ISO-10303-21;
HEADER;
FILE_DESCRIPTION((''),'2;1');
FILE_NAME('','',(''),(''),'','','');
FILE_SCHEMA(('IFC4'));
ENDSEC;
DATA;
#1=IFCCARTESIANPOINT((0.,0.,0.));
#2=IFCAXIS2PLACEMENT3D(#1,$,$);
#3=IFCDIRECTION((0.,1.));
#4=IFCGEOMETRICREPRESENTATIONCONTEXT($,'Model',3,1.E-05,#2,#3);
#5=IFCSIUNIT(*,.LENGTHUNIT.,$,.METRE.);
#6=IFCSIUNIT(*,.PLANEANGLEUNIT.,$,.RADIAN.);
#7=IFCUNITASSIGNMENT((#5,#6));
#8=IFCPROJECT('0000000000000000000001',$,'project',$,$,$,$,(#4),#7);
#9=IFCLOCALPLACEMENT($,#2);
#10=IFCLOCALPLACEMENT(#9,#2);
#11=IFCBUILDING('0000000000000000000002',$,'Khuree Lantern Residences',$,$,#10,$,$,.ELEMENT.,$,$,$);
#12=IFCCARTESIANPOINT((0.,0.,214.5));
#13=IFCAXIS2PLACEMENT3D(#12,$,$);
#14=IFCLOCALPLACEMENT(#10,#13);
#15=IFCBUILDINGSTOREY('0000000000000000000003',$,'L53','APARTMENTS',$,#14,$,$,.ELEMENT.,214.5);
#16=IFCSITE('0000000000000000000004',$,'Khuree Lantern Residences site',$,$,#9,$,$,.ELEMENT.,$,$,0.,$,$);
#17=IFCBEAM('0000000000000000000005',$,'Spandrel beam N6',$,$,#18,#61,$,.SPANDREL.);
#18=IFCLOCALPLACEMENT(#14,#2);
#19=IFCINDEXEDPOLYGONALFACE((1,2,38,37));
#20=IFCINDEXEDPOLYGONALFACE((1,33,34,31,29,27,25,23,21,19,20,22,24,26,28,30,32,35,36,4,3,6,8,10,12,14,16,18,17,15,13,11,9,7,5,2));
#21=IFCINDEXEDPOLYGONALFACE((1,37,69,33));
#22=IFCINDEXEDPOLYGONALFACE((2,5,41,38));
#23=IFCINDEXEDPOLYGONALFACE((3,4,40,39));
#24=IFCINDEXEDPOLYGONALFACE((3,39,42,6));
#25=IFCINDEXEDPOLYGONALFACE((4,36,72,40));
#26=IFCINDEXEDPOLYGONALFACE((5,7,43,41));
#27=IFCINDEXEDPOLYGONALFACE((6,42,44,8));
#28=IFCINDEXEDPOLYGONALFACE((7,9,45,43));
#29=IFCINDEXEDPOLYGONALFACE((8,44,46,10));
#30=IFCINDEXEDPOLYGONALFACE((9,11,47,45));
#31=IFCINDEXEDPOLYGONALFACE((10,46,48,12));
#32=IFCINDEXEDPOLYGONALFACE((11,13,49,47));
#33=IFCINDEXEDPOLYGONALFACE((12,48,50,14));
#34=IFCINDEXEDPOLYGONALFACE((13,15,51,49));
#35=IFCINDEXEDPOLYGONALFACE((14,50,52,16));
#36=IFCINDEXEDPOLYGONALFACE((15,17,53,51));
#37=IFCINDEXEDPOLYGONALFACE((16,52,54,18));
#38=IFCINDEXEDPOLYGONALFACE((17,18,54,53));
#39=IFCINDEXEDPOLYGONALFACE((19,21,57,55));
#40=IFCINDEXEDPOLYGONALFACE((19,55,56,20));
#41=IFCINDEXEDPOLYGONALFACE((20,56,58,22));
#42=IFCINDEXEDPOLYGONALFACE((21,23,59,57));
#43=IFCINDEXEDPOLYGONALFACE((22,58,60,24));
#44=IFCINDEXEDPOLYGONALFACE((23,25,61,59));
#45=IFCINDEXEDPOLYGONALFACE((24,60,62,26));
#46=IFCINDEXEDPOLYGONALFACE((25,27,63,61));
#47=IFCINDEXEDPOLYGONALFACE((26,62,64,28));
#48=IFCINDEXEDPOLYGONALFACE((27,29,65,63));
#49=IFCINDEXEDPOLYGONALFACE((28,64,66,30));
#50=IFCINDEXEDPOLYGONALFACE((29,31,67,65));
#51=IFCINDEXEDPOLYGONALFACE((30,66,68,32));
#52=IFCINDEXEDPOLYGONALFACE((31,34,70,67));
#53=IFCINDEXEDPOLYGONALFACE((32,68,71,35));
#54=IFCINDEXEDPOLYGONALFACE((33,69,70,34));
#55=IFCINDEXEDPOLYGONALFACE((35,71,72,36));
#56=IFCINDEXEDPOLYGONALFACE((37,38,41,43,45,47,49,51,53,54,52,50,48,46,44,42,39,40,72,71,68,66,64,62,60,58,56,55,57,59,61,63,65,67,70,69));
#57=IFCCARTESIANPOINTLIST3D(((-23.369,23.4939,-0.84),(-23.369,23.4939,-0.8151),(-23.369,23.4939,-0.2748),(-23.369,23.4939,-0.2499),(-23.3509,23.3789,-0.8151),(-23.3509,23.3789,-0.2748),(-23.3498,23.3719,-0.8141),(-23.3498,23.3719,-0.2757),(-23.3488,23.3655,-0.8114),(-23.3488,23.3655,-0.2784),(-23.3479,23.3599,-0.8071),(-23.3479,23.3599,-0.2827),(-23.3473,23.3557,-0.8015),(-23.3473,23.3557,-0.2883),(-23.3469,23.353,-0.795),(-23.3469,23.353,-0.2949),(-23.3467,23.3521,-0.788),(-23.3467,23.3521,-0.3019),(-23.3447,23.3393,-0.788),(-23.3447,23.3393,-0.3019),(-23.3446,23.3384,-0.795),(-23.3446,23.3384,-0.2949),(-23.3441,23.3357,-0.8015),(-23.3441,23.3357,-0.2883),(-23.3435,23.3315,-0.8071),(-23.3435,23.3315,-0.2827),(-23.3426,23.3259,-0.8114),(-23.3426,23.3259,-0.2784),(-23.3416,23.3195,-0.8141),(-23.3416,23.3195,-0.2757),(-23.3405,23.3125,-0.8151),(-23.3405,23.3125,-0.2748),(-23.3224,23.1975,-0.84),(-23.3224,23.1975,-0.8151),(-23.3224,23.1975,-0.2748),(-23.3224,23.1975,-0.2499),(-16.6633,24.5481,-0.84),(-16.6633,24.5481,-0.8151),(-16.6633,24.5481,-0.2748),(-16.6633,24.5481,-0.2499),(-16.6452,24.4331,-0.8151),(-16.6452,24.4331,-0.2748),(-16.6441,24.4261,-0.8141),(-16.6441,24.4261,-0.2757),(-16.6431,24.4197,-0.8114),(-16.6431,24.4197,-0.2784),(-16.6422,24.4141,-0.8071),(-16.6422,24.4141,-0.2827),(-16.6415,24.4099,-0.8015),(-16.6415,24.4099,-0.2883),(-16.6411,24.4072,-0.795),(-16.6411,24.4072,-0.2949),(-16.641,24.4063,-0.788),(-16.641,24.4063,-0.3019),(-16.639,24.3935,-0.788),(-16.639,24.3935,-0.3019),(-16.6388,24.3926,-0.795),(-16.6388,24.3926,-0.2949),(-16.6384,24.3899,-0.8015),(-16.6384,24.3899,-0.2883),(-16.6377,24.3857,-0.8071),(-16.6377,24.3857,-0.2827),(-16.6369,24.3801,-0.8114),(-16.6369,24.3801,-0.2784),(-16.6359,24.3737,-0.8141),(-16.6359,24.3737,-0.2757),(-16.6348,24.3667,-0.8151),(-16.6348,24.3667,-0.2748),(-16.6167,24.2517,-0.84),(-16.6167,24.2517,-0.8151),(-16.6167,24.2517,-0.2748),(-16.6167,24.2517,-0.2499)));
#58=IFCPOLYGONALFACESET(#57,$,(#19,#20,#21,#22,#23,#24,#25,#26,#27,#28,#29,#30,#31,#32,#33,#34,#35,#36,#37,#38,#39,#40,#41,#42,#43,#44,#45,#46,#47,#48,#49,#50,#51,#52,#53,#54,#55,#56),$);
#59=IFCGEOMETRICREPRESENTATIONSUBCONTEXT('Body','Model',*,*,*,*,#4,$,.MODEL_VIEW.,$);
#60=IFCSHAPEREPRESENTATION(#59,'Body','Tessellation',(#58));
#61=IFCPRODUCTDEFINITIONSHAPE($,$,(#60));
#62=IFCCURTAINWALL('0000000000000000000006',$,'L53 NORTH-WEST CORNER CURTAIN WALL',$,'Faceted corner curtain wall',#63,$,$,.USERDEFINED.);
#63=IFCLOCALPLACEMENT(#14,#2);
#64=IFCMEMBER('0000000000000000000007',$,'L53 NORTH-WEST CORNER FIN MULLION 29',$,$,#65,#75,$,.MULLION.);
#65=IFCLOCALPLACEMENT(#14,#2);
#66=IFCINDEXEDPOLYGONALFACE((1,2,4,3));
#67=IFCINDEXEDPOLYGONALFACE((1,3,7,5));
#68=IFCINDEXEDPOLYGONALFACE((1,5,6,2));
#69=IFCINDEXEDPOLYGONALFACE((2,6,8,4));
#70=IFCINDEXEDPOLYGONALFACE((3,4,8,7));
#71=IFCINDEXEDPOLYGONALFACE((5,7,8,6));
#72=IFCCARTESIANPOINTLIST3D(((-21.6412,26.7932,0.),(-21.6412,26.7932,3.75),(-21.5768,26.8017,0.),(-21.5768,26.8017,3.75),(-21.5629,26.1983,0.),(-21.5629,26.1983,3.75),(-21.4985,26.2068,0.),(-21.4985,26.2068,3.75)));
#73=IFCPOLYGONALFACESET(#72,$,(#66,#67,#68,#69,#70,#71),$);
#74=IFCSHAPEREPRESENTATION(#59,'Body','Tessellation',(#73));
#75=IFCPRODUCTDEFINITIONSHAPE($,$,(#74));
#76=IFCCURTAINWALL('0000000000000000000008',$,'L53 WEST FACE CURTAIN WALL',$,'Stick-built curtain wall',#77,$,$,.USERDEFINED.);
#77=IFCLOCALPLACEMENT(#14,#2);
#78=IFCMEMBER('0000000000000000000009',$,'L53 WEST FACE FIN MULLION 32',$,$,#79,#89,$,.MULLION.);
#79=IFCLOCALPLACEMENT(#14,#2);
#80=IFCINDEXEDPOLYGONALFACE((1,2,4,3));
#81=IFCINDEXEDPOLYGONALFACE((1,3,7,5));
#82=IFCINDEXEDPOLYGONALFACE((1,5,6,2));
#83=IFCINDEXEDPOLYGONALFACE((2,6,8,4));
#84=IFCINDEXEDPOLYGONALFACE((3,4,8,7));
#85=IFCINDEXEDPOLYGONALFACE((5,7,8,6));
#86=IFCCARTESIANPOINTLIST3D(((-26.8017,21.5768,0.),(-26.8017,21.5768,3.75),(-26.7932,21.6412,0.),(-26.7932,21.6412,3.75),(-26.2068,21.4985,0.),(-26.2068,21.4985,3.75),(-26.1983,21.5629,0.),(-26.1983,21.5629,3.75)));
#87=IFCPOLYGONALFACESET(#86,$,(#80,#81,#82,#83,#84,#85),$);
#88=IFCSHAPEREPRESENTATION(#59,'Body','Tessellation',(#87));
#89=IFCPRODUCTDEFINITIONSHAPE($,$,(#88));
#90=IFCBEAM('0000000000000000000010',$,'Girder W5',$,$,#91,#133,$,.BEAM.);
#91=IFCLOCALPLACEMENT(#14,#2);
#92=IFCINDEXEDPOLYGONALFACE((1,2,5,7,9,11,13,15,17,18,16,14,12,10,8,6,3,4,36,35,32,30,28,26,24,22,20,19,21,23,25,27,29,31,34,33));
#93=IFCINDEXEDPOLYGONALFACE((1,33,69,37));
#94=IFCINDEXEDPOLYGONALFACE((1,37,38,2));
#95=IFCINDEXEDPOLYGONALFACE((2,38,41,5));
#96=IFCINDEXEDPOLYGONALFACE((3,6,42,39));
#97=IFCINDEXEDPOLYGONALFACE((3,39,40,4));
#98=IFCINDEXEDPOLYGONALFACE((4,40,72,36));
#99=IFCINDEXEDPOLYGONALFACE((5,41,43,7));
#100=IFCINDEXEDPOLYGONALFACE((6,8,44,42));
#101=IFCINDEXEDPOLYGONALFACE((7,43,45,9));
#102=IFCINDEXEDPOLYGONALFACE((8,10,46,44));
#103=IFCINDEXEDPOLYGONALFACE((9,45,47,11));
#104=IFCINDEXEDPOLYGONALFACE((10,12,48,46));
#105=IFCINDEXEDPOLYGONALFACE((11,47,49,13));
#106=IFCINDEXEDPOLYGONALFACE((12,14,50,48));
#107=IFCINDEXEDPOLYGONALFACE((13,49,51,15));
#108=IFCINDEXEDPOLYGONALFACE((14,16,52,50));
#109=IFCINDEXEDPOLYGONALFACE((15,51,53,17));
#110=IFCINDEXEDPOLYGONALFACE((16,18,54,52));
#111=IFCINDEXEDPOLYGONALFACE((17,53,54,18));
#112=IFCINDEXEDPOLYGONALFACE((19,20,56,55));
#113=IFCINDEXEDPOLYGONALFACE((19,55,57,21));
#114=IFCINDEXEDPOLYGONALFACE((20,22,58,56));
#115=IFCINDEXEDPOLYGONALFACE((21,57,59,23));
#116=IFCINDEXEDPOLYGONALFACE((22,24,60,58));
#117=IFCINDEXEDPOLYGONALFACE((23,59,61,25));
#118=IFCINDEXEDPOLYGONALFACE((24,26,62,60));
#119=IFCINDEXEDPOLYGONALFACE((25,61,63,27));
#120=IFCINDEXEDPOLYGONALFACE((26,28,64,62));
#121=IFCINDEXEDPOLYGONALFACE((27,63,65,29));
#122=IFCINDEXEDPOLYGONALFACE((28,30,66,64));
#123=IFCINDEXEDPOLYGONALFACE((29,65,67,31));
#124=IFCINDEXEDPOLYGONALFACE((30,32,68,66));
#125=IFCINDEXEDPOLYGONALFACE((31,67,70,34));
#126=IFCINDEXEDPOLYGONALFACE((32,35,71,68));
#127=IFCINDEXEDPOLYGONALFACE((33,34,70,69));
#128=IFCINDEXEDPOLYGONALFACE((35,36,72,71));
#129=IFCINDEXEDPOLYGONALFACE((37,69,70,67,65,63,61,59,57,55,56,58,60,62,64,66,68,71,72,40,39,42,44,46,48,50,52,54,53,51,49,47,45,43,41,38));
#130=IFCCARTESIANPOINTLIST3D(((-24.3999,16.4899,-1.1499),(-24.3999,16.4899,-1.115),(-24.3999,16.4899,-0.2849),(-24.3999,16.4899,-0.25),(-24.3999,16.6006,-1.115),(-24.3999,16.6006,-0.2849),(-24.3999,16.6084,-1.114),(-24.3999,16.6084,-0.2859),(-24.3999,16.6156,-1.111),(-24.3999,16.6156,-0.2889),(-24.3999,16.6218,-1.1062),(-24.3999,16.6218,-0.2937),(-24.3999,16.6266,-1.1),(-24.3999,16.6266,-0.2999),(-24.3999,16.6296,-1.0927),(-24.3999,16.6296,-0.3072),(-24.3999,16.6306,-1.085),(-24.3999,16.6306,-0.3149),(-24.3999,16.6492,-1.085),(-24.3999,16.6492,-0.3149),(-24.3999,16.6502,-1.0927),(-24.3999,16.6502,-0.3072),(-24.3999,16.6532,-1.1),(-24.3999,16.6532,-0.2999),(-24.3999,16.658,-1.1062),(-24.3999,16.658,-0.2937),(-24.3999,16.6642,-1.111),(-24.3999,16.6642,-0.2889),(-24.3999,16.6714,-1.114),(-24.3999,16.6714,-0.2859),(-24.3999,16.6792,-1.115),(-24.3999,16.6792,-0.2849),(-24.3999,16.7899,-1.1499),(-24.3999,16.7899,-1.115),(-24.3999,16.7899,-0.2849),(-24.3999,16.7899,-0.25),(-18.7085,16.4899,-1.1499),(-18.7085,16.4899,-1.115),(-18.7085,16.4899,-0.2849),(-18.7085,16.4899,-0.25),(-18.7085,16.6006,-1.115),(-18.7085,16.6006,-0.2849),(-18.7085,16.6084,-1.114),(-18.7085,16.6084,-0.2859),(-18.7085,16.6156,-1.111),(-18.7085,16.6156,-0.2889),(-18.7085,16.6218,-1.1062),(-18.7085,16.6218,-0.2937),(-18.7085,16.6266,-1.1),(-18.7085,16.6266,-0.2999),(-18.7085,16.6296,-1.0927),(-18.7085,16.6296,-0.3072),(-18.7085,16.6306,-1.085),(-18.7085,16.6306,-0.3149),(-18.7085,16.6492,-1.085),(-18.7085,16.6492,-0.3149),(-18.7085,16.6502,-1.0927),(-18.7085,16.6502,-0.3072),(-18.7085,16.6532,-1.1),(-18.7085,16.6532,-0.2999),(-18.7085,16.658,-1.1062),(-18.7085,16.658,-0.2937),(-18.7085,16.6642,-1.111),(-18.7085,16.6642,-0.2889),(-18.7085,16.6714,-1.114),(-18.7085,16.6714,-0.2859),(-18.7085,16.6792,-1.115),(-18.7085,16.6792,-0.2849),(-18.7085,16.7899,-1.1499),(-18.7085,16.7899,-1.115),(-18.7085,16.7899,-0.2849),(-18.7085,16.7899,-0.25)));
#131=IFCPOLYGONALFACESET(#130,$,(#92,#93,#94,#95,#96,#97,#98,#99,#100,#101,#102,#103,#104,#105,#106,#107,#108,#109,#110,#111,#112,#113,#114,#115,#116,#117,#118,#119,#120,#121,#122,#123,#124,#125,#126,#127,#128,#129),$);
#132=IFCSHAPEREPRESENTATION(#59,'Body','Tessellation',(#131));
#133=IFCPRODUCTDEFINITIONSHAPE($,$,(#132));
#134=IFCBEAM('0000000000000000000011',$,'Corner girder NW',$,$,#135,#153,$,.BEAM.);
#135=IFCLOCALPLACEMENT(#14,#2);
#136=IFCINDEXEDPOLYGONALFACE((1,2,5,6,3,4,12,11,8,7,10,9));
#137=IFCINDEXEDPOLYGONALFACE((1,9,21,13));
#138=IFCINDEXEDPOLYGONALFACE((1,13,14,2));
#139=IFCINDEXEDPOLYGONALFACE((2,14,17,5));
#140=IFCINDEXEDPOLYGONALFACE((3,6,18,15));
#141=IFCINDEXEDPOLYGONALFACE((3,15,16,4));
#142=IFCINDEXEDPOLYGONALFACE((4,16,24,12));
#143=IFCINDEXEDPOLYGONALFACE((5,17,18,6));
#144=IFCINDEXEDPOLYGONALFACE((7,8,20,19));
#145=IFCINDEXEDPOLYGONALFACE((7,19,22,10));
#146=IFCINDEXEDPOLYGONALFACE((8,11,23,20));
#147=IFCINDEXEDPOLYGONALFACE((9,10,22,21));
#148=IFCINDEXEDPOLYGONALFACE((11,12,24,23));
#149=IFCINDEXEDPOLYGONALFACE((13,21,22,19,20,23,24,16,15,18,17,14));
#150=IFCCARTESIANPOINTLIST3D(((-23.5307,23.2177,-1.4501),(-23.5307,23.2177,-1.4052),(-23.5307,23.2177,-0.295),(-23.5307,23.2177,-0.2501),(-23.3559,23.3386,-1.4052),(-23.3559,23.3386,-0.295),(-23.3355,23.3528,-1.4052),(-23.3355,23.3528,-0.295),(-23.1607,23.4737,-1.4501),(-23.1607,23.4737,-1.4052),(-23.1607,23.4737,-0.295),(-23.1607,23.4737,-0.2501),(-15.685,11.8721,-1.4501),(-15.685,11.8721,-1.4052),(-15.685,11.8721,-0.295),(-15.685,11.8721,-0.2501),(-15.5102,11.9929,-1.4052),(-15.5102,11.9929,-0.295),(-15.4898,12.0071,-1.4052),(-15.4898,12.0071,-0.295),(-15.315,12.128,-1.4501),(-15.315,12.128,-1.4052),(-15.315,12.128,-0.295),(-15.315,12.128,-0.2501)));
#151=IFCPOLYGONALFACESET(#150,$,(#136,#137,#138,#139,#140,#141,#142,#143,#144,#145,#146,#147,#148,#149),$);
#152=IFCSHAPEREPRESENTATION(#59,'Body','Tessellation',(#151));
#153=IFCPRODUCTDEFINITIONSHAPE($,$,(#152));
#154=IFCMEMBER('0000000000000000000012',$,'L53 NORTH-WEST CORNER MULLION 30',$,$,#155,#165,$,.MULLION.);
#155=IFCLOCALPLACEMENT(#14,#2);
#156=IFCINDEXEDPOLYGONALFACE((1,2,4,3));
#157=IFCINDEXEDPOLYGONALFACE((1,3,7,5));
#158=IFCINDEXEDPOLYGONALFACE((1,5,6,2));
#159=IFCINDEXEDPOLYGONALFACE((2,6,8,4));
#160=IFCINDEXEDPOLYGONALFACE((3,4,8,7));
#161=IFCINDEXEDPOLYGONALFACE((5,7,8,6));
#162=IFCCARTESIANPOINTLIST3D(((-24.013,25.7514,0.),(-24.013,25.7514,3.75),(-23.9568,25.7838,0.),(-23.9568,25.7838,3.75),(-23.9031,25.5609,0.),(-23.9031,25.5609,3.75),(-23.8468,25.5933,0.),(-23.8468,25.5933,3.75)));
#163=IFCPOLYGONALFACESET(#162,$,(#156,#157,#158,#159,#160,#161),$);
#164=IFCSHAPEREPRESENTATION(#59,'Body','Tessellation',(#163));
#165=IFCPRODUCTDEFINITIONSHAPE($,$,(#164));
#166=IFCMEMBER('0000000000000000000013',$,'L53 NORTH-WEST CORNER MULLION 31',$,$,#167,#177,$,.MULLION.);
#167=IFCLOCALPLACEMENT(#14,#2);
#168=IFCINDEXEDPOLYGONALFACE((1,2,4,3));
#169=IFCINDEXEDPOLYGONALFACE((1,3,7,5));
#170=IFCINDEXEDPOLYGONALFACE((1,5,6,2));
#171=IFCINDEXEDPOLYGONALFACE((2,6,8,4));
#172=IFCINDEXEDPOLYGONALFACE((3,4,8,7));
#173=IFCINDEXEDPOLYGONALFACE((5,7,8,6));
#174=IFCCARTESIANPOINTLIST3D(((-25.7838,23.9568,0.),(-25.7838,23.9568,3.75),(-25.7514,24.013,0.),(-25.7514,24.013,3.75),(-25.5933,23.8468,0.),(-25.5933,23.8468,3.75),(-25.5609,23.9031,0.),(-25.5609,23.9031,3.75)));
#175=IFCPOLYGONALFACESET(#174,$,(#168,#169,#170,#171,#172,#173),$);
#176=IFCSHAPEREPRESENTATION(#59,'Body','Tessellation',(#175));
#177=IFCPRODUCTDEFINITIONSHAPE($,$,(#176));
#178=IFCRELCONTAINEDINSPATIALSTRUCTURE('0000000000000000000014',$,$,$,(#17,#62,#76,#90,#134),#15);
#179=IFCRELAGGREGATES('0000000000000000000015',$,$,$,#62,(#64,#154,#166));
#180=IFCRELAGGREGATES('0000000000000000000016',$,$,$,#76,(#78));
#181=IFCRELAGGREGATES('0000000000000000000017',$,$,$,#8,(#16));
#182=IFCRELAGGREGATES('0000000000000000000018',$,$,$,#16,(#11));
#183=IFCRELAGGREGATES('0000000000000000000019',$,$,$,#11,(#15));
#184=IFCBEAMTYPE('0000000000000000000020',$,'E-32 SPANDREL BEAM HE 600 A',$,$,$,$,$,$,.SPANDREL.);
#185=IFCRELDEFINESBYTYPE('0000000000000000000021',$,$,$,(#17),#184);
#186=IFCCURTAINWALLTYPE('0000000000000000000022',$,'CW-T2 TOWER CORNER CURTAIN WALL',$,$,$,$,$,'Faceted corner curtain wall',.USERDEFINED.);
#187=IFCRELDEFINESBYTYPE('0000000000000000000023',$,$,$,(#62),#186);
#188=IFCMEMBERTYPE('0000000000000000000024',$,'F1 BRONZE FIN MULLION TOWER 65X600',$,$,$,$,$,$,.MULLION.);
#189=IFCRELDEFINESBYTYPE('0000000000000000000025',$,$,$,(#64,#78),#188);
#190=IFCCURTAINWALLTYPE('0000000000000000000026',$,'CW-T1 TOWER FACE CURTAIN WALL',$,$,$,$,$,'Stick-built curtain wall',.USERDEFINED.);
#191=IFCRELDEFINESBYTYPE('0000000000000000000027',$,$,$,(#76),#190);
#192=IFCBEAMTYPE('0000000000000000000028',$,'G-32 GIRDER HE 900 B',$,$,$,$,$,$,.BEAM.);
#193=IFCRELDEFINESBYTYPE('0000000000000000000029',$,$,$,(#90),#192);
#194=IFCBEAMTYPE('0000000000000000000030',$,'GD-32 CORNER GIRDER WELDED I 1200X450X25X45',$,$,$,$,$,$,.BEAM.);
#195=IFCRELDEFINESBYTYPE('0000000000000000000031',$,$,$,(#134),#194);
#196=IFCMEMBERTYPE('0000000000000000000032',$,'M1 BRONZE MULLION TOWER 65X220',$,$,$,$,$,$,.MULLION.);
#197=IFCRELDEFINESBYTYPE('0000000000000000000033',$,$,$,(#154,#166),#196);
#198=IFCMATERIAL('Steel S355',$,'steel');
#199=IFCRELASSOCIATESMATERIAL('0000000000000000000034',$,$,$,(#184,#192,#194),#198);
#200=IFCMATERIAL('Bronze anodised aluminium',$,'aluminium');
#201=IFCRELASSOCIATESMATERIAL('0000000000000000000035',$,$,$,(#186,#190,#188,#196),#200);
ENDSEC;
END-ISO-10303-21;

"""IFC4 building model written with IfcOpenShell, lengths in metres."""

from ifc_helpers import new_model, si_unit, direction, frame, origin, origin_2d, place, context, subcontext, project, spatial, rectangle, i_section, extrude, material, material_profile, profile_set, type_object, element, aggregate, save


model = new_model("IFC4")

# Units and contexts
model_context = context("Model", 3, precision=1e-05, world=origin(), true_north=direction((0.0, 1.0)))
body_context = subcontext(model_context, "Body", "Model", "MODEL_VIEW")
ifc_project = project(units=[si_unit("LENGTHUNIT", "METRE"), si_unit("PLANEANGLEUNIT", "RADIAN")], contexts=[model_context])

# Site, building, storey
site_placement = place(None, origin())
site = spatial("IfcSite", under=ifc_project, at=site_placement, Name="Khuree Lantern Residences site", CompositionType="ELEMENT", RefElevation=0.0)
building_placement = place(site_placement, origin())
building = spatial("IfcBuilding", under=site, at=building_placement, Name="Khuree Lantern Residences", CompositionType="ELEMENT")
storey_placement = place(building_placement, frame((0.0, 0.0, 214.5)))
storey = spatial("IfcBuildingStorey", under=building, at=storey_placement, Name="L53", Description="APARTMENTS", CompositionType="ELEMENT", Elevation=214.5)

# Beam
ifc_material_1 = material(Name="Steel S355", Category="steel")
ifc_material_profile_1 = material_profile(ifc_material_1, i_section(OverallWidth=0.3, OverallDepth=0.5901, WebThickness=0.0129, FlangeThickness=0.0249, FilletRadius=0.0271, at=origin_2d()), Name="HE 600 A")
ifc_profile_set_1 = profile_set([ifc_material_profile_1], Name="Steel S355")
beam_type_1 = type_object("IfcBeamType", Name="E-32 SPANDREL BEAM HE 600 A", PredefinedType="SPANDREL", material=ifc_profile_set_1)
for number, where, z_axis, x_axis, name in (
    (1, (-23.3457, 23.3457, -0.5449), (0.987867, 0.1553, 0.0), (-0.1553, 0.987867, 0.0), "Spandrel beam N6"),
):
    element("IfcBeam", number, at=place(storey_placement, frame(where, z_axis=z_axis, x_axis=x_axis)), inside=storey, type_object=beam_type_1, Name=name, PredefinedType="SPANDREL", context=body_context, shape_type="SweptSolid", body=[
        extrude(i_section(OverallWidth=0.3, OverallDepth=0.5901, WebThickness=0.0129, FlangeThickness=0.0249, FilletRadius=0.0271, at=origin_2d()), origin(), (0.0, 0.0, 1.0), 6.7881),
    ])

# Curtain walls, members
ifc_material_2 = material(Name="Bronze anodised aluminium", Category="aluminium")
curtain_wall_type_1 = type_object("IfcCurtainWallType", Name="CW-T2 TOWER CORNER CURTAIN WALL", ElementType="Faceted corner curtain wall", PredefinedType="USERDEFINED", material=ifc_material_2)
curtain_wall_1_placement = place(storey_placement, origin())
curtain_wall_1 = element("IfcCurtainWall", 2, at=curtain_wall_1_placement, inside=storey, type_object=curtain_wall_type_1, Name="L53 NORTH-WEST CORNER CURTAIN WALL", ObjectType="Faceted corner curtain wall", PredefinedType="USERDEFINED")
ifc_material_profile_2 = material_profile(ifc_material_2, rectangle(XDim=0.0649, YDim=0.6001, at=origin_2d()), Name="F1 65X600")
ifc_profile_set_2 = profile_set([ifc_material_profile_2], Name="Bronze anodised aluminium")
member_type_1 = type_object("IfcMemberType", Name="F1 BRONZE FIN MULLION TOWER 65X600", PredefinedType="MULLION", material=ifc_profile_set_2)
member_1_placement = place(storey_placement, frame((-21.5698, 26.5, 0.0), z_axis=(0.0, 0.0, 1.0), x_axis=(-0.991445, -0.130526, 0.0)))
member_1 = element("IfcMember", 3, at=member_1_placement, type_object=member_type_1, Name="L53 NORTH-WEST CORNER FIN MULLION 29", PredefinedType="MULLION", context=body_context, shape_type="SweptSolid", body=[
    extrude(rectangle(XDim=0.0649, YDim=0.6001, at=origin_2d()), origin(), (0.0, 0.0, 1.0), 3.75),
])
curtain_wall_type_2 = type_object("IfcCurtainWallType", Name="CW-T1 TOWER FACE CURTAIN WALL", ElementType="Stick-built curtain wall", PredefinedType="USERDEFINED", material=ifc_material_2)
curtain_wall_2_placement = place(storey_placement, origin())
curtain_wall_2 = element("IfcCurtainWall", 4, at=curtain_wall_2_placement, inside=storey, type_object=curtain_wall_type_2, Name="L53 WEST FACE CURTAIN WALL", ObjectType="Stick-built curtain wall", PredefinedType="USERDEFINED")
member_2_placement = place(storey_placement, frame((-26.5, 21.5698, 0.0), z_axis=(0.0, 0.0, 1.0), x_axis=(-0.130526, -0.991445, 0.0)))
member_2 = element("IfcMember", 5, at=member_2_placement, type_object=member_type_1, Name="L53 WEST FACE FIN MULLION 32", PredefinedType="MULLION", context=body_context, shape_type="SweptSolid", body=[
    extrude(rectangle(XDim=0.0649, YDim=0.6001, at=origin_2d()), origin(), (0.0, 0.0, 1.0), 3.75),
])

# Beams
ifc_material_profile_3 = material_profile(ifc_material_1, i_section(OverallWidth=0.3, OverallDepth=0.8999, WebThickness=0.0186, FlangeThickness=0.0349, FilletRadius=0.03, at=origin_2d()), Name="HE 900 B")
ifc_profile_set_3 = profile_set([ifc_material_profile_3], Name="Steel S355")
beam_type_2 = type_object("IfcBeamType", Name="G-32 GIRDER HE 900 B", PredefinedType="BEAM", material=ifc_profile_set_3)
beam_1_placement = place(storey_placement, frame((-24.3999, 16.6399, -0.7), z_axis=(1.0, 0.0, 0.0), x_axis=(0.0, 1.0, 0.0)))
element("IfcBeam", 6, at=beam_1_placement, inside=storey, type_object=beam_type_2, Name="Girder W5", PredefinedType="BEAM", context=body_context, shape_type="SweptSolid", body=[
    extrude(i_section(OverallWidth=0.3, OverallDepth=0.8999, WebThickness=0.0186, FlangeThickness=0.0349, FilletRadius=0.03, at=origin_2d()), origin(), (0.0, 0.0, 1.0), 5.6914),
])
ifc_material_profile_4 = material_profile(ifc_material_1, i_section(OverallWidth=0.45, OverallDepth=1.2, WebThickness=0.0249, FlangeThickness=0.0449, at=origin_2d()), Name="WELDED I 1200X450X25X45")
ifc_profile_set_4 = profile_set([ifc_material_profile_4], Name="Steel S355")
beam_type_3 = type_object("IfcBeamType", Name="GD-32 CORNER GIRDER WELDED I 1200X450X25X45", PredefinedType="BEAM", material=ifc_profile_set_4)
beam_2_placement = place(storey_placement, frame((-23.3457, 23.3457, -0.8501), z_axis=(0.568768, -0.822498, 0.0), x_axis=(0.822498, 0.568768, 0.0)))
element("IfcBeam", 7, at=beam_2_placement, inside=storey, type_object=beam_type_3, Name="Corner girder NW", PredefinedType="BEAM", context=body_context, shape_type="SweptSolid", body=[
    extrude(i_section(OverallWidth=0.45, OverallDepth=1.2, WebThickness=0.0249, FlangeThickness=0.0449, at=origin_2d()), origin(), (0.0, 0.0, 1.0), 13.7942),
])

# Members
ifc_material_profile_5 = material_profile(ifc_material_2, rectangle(XDim=0.0649, YDim=0.22, at=origin_2d()), Name="M1 65X220")
ifc_profile_set_5 = profile_set([ifc_material_profile_5], Name="Bronze anodised aluminium")
member_type_2 = type_object("IfcMemberType", Name="M1 BRONZE MULLION TOWER 65X220", PredefinedType="MULLION", material=ifc_profile_set_5)
member_3_placement = place(storey_placement, frame((-23.9299, 25.6724, 0.0), z_axis=(0.0, 0.0, 1.0), x_axis=(-0.866025, -0.5, 0.0)))
member_3 = element("IfcMember", 8, at=member_3_placement, type_object=member_type_2, Name="L53 NORTH-WEST CORNER MULLION 30", PredefinedType="MULLION", context=body_context, shape_type="SweptSolid", body=[
    extrude(rectangle(XDim=0.0649, YDim=0.22, at=origin_2d()), origin(), (0.0, 0.0, 1.0), 3.75),
])
member_4_placement = place(storey_placement, frame((-25.6724, 23.9299, 0.0), z_axis=(0.0, 0.0, 1.0), x_axis=(-0.5, -0.866025, 0.0)))
member_4 = element("IfcMember", 9, at=member_4_placement, type_object=member_type_2, Name="L53 NORTH-WEST CORNER MULLION 31", PredefinedType="MULLION", context=body_context, shape_type="SweptSolid", body=[
    extrude(rectangle(XDim=0.0649, YDim=0.22, at=origin_2d()), origin(), (0.0, 0.0, 1.0), 3.75),
])

aggregate(curtain_wall_1, [member_1, member_3, member_4])
aggregate(curtain_wall_2, [member_2])

save(model, "model.ifc")
